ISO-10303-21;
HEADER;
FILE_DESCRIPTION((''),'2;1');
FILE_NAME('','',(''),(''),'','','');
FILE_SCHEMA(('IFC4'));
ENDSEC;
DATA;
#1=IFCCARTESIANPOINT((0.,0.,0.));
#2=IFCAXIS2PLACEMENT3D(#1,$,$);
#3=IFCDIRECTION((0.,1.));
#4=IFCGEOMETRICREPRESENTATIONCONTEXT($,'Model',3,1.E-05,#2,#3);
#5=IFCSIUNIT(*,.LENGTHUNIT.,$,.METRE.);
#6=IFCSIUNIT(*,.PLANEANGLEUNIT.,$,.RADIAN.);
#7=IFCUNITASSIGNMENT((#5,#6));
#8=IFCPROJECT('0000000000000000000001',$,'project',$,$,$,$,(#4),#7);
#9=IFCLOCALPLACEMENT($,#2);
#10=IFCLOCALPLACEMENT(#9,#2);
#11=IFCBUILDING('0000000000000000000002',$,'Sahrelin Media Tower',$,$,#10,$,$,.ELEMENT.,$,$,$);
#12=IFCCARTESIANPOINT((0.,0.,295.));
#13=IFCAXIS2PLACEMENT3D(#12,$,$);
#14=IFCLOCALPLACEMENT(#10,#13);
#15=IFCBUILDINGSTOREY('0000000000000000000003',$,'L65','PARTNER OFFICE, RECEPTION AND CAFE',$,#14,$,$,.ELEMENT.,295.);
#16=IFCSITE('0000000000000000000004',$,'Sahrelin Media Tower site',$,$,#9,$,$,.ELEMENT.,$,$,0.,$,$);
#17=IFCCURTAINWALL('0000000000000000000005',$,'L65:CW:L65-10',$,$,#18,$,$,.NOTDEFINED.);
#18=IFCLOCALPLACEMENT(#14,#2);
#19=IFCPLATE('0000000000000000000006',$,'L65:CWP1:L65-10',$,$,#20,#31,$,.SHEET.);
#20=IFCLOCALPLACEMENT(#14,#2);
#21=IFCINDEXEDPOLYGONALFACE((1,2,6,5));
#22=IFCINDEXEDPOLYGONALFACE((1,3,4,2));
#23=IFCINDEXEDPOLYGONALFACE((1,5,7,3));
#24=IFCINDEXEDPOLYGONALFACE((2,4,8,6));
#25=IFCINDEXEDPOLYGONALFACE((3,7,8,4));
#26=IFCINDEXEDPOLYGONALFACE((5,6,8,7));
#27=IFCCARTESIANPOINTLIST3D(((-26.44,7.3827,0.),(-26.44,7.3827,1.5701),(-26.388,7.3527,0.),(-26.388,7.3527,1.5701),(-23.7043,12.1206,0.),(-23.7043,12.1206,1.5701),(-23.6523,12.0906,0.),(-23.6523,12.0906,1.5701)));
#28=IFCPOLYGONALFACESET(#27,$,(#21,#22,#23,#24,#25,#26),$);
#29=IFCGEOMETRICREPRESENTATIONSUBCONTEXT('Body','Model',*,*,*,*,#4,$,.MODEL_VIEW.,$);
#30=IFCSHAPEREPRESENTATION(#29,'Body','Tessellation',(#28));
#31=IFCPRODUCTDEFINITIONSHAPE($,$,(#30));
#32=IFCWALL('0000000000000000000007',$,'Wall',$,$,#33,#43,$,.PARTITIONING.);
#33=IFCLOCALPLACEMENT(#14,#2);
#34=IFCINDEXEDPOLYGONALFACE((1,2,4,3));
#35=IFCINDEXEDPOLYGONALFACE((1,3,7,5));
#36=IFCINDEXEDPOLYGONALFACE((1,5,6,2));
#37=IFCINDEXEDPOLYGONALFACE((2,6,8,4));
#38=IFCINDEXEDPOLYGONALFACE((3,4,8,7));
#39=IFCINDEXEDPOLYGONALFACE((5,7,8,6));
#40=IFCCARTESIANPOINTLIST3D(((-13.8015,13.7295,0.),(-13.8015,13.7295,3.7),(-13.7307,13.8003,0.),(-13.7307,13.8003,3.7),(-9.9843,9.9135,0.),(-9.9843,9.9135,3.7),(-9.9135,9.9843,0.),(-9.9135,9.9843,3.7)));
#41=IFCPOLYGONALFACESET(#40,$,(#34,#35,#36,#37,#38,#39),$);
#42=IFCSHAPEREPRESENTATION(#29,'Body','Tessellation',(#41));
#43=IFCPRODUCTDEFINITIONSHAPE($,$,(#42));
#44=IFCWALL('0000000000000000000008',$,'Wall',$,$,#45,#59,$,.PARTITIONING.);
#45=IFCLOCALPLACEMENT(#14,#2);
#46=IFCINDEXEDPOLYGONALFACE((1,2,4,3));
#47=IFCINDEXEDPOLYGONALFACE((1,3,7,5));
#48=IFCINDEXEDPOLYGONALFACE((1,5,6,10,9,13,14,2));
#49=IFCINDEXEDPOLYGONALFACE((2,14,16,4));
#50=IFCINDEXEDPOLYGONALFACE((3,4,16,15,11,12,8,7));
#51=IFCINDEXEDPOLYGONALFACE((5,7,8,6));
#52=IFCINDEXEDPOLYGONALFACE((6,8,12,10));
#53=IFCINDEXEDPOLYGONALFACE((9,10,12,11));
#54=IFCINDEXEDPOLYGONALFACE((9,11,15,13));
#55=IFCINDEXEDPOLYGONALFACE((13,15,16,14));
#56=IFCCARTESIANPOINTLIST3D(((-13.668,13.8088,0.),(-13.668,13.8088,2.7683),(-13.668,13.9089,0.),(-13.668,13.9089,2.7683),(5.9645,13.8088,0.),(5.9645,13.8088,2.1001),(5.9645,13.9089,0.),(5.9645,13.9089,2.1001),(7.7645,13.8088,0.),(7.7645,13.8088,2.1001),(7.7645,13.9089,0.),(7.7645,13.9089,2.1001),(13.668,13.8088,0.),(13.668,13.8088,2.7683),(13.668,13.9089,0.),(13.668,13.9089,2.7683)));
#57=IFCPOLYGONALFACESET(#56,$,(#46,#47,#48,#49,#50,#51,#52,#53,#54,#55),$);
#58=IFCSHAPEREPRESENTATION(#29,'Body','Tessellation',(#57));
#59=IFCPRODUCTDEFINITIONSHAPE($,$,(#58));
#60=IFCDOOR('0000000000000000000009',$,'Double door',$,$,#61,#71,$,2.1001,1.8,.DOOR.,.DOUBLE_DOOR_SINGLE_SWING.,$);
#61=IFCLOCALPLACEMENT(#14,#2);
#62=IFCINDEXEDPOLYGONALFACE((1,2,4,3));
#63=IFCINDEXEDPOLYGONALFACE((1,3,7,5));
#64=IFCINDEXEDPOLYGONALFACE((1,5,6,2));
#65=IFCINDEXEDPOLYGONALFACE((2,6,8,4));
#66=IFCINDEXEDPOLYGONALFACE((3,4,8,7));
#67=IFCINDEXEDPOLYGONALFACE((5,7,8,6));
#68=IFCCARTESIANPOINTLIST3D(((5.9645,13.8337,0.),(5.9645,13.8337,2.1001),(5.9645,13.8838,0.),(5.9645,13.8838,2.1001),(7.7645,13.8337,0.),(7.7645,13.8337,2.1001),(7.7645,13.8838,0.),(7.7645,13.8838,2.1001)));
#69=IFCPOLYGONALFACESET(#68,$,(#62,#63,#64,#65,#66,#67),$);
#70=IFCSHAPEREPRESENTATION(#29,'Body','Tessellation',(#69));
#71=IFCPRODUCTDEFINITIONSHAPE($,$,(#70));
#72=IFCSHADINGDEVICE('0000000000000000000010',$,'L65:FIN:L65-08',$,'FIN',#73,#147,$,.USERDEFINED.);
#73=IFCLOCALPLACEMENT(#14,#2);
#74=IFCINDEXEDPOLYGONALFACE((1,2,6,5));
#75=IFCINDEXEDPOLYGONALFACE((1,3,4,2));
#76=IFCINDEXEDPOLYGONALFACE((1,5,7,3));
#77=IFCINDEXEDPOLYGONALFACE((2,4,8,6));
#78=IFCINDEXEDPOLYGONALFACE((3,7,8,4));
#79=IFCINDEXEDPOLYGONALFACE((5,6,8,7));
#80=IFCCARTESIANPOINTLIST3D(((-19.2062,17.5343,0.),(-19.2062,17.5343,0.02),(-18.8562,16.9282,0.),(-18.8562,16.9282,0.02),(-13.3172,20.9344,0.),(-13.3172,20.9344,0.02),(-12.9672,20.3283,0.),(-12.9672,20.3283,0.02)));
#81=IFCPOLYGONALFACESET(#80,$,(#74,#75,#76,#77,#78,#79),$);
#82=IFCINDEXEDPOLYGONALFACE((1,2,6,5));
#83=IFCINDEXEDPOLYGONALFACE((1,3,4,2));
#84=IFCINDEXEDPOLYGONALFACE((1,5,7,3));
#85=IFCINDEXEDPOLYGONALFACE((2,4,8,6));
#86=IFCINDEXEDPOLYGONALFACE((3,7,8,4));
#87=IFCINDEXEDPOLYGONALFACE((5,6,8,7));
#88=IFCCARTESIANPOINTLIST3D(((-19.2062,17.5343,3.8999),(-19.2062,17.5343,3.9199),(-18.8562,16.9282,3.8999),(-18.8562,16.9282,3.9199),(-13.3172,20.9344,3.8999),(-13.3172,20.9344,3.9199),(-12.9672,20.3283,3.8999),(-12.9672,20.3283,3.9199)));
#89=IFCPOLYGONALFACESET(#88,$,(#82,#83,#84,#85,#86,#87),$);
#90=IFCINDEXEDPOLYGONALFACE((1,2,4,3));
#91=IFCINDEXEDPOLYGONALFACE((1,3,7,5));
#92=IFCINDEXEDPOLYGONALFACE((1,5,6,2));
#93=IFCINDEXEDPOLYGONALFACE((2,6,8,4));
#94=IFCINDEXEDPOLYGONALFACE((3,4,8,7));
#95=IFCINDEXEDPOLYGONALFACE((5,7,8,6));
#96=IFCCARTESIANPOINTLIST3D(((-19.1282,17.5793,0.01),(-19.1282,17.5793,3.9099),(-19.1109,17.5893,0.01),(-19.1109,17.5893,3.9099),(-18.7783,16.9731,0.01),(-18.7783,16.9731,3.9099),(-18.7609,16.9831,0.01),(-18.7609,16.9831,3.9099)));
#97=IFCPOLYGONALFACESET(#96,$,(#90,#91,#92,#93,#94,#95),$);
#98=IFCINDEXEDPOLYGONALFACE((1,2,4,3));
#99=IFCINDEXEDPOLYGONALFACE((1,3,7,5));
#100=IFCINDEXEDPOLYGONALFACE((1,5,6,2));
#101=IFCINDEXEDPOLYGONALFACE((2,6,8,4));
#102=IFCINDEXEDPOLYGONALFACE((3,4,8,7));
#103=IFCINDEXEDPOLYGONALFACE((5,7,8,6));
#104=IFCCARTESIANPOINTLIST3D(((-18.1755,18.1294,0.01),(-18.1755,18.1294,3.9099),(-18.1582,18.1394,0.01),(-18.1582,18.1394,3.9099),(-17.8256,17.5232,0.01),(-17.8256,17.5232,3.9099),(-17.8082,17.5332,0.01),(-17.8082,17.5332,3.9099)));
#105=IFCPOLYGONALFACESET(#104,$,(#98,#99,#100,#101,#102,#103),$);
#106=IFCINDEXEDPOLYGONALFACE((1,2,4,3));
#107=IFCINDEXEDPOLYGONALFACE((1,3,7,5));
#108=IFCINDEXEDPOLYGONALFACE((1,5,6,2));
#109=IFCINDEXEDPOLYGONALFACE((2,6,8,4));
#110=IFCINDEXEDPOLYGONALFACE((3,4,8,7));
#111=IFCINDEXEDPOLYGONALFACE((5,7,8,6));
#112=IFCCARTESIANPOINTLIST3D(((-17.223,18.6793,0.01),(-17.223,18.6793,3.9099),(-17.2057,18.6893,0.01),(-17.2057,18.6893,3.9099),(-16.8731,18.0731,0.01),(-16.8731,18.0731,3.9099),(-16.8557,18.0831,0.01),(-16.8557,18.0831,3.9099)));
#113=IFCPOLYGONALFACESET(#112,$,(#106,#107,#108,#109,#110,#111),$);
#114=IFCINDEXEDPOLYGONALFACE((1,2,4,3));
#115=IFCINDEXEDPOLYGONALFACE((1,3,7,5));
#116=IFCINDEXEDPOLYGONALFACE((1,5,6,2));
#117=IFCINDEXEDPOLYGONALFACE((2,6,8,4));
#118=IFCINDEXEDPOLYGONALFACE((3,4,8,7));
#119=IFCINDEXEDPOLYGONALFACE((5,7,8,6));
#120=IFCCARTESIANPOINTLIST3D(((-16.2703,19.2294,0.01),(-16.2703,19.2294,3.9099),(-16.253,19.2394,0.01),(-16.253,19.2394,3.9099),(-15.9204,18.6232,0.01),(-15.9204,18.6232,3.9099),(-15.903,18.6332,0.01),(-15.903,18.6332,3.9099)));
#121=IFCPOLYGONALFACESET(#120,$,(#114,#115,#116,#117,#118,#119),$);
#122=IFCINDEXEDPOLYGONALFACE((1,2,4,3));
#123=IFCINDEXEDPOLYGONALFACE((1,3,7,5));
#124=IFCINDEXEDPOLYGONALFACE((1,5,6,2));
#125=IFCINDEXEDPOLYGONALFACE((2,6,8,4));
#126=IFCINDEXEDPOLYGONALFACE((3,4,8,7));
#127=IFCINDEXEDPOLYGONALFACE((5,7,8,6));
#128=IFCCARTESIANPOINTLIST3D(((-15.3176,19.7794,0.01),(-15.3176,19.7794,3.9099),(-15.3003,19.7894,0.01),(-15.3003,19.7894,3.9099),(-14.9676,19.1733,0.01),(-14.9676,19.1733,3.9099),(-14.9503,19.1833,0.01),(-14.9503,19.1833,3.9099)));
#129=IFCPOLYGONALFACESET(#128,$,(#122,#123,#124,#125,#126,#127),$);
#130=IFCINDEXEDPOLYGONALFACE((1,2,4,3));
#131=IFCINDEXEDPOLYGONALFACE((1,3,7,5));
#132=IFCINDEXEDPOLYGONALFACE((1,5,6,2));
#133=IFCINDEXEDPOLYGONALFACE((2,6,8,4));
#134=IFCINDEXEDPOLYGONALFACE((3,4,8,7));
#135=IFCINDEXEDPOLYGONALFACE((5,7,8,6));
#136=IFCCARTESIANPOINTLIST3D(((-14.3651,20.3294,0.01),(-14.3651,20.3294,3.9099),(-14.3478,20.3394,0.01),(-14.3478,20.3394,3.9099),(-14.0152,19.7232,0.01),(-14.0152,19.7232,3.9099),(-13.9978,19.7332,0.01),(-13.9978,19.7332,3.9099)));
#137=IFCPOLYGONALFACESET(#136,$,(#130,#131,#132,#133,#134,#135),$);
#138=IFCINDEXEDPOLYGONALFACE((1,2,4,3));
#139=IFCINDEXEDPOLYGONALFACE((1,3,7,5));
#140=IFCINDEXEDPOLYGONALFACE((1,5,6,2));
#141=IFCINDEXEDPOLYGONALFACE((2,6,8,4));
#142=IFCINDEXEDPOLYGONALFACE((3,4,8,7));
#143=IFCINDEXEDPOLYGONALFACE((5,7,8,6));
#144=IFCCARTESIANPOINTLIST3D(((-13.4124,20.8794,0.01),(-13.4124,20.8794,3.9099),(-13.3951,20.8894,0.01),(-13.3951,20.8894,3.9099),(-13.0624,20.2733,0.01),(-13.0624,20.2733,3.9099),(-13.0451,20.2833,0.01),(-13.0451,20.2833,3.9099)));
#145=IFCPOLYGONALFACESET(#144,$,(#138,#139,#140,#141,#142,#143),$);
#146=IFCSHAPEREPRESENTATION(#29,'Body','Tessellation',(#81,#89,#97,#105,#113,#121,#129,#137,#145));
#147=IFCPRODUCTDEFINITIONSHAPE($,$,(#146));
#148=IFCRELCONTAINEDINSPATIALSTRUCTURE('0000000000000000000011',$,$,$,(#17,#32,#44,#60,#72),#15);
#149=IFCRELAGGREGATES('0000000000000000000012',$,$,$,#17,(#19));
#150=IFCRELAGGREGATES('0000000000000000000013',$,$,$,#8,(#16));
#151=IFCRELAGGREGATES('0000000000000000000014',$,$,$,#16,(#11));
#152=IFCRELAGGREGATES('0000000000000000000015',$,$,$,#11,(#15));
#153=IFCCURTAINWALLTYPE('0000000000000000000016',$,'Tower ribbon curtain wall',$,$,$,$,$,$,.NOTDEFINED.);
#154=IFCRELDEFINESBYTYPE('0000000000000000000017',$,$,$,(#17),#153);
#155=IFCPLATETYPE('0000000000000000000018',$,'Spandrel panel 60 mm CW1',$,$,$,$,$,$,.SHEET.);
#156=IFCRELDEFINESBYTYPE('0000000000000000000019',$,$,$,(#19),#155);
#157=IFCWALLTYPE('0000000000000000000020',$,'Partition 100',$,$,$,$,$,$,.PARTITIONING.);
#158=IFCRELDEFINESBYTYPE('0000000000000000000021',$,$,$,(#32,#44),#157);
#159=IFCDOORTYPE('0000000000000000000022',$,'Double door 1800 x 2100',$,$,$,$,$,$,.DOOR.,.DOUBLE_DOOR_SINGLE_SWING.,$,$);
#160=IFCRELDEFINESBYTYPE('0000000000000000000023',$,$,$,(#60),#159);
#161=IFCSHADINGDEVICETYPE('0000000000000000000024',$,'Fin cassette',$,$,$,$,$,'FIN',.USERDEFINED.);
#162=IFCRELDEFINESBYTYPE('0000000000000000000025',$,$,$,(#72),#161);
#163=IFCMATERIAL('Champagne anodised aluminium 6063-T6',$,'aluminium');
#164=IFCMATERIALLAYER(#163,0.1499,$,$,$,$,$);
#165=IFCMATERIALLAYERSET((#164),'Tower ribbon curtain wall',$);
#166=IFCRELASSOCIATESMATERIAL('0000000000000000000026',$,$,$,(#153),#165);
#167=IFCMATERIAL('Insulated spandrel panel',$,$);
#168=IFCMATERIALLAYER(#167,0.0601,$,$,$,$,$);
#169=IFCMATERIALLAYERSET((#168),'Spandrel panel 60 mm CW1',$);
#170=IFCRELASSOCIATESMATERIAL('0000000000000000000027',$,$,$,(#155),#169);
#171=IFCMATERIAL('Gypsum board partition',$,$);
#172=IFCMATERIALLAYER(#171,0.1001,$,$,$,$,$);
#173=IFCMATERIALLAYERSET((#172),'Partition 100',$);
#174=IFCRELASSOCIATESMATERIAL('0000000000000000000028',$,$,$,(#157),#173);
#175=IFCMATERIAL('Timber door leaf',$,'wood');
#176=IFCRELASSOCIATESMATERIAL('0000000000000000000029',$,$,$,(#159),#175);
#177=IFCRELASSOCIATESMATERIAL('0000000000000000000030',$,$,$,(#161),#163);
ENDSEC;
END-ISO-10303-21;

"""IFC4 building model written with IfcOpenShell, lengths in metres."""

from ifc_helpers import new_model, si_unit, direction, frame, frame_2d, origin, origin_2d, place, context, subcontext, project, spatial, polyline, rectangle, outline, extrude, material, layer, layer_set, type_object, element, fill, aggregate, save


model = new_model("IFC4")

# Units and contexts
model_context = context("Model", 3, precision=1e-05, world=origin(), true_north=direction((0.0, 1.0)))
body_context = subcontext(model_context, "Body", "Model", "MODEL_VIEW")
ifc_project = project(units=[si_unit("LENGTHUNIT", "METRE"), si_unit("PLANEANGLEUNIT", "RADIAN")], contexts=[model_context])

# Site, building, storey
site_placement = place(None, origin())
site = spatial("IfcSite", under=ifc_project, at=site_placement, Name="Sahrelin Media Tower site", CompositionType="ELEMENT", RefElevation=0.0)
building_placement = place(site_placement, origin())
building = spatial("IfcBuilding", under=site, at=building_placement, Name="Sahrelin Media Tower", CompositionType="ELEMENT")
storey_placement = place(building_placement, frame((0.0, 0.0, 295.0)))
storey = spatial("IfcBuildingStorey", under=building, at=storey_placement, Name="L65", Description="PARTNER OFFICE, RECEPTION AND CAFE", CompositionType="ELEMENT", Elevation=295.0)

# Shared definitions
ifc_material_1 = material(Name="Champagne anodised aluminium 6063-T6", Category="aluminium")
ifc_layer_1 = layer(ifc_material_1, 0.1499)
ifc_layer_set_1 = layer_set([ifc_layer_1], Name="Tower ribbon curtain wall")
curtain_wall_type = type_object("IfcCurtainWallType", Name="Tower ribbon curtain wall", PredefinedType="NOTDEFINED", material=ifc_layer_set_1)

# Curtain wall
curtain_wall_1_placement = place(storey_placement, frame((-25.0549, 9.7417, 0.0), z_axis=(0.0, 0.0, 1.0), x_axis=(1.0, 0.0, 0.0)))
curtain_wall_1 = element("IfcCurtainWall", 1, at=curtain_wall_1_placement, inside=storey, type_object=curtain_wall_type, Name="L65:CW:L65-10", PredefinedType="NOTDEFINED")

# Plate
ifc_material_2 = material(Name="Insulated spandrel panel")
ifc_layer_2 = layer(ifc_material_2, 0.0601)
ifc_layer_set_2 = layer_set([ifc_layer_2], Name="Spandrel panel 60 mm CW1")
plate_type_1 = type_object("IfcPlateType", Name="Spandrel panel 60 mm CW1", PredefinedType="SHEET", material=ifc_layer_set_2)
plate_1_placement = place(storey_placement, frame((-23.7043, 12.1206, 0.0), z_axis=(-0.866007, 0.500031, 0.0), x_axis=(-0.500031, -0.866007, 0.0)))
plate_1 = element("IfcPlate", 2, at=plate_1_placement, type_object=plate_type_1, Name="L65:CWP1:L65-10", PredefinedType="SHEET", context=body_context, shape_type="SweptSolid", body=[
    extrude(outline(polyline([(0.0, 0.0), (5.4709, 0.0), (5.4709, 1.5701), (0.0, 1.5701), (0.0, 0.0)])), origin(), (0.0, 0.0, -1.0), 0.0601),
])
aggregate(curtain_wall_1, [plate_1])

# Wall
ifc_material_3 = material(Name="Gypsum board partition")
ifc_layer_3 = layer(ifc_material_3, 0.1001)
ifc_layer_set_3 = layer_set([ifc_layer_3], Name="Partition 100")
wall_type = type_object("IfcWallType", Name="Partition 100", PredefinedType="PARTITIONING", material=ifc_layer_set_3)
wall_1_placement = place(storey_placement, frame((-13.7661, 13.7649, 0.0), z_axis=(0.0, 0.0, 1.0), x_axis=(0.70722, -0.706994, 0.0)))
element("IfcWall", 3, at=wall_1_placement, inside=storey, type_object=wall_type, Name="Wall", PredefinedType="PARTITIONING", context=body_context, shape_type="SweptSolid", body=[
    extrude(rectangle(XDim=5.3975, YDim=0.1001, at=frame_2d((2.6987, 0.0))), origin(), (0.0, 0.0, 1.0), 3.7),
])

# Wall, opening, door
wall_2_placement = place(storey_placement, frame((-13.668, 13.8589, 0.0), z_axis=(0.0, 0.0, 1.0), x_axis=(1.0, 0.0, 0.0)))
wall_2 = element("IfcWall", 4, at=wall_2_placement, inside=storey, type_object=wall_type, Name="Wall", PredefinedType="PARTITIONING", context=body_context, shape_type="SweptSolid", body=[
    extrude(rectangle(XDim=27.3359, YDim=0.1001, at=frame_2d((13.668, 0.0))), origin(), (0.0, 0.0, 1.0), 2.7683),
])
opening_placement = place(wall_2_placement, frame((19.6326, 0.0, 0.0)))
opening = element("IfcOpeningElement", 5, at=opening_placement, cuts=wall_2, PredefinedType="OPENING", context=body_context, shape_type="SweptSolid", body=[
    extrude(rectangle(XDim=1.8, YDim=2.1001, at=frame_2d((0.8999, 1.05))), frame((0.0, 0.05, 0.0), z_axis=(0.0, -1.0, 0.0), x_axis=(1.0, 0.0, 0.0)), (0.0, 0.0, 1.0), 0.1001),
])
ifc_material_4 = material(Name="Timber door leaf", Category="wood")
door_type = type_object("IfcDoorType", Name="Double door 1800 x 2100", OperationType="DOUBLE_DOOR_SINGLE_SWING", PredefinedType="DOOR", material=ifc_material_4)
door_placement = place(opening_placement, origin())
door = element("IfcDoor", 6, at=door_placement, inside=storey, type_object=door_type, Name="Double door", OperationType="DOUBLE_DOOR_SINGLE_SWING", OverallHeight=2.1001, OverallWidth=1.8, PredefinedType="DOOR", context=body_context, shape_type="SweptSolid", body=[
    extrude(rectangle(XDim=1.8, YDim=2.1001, at=frame_2d((0.8999, 1.05))), frame((0.0, 0.0249, 0.0), z_axis=(0.0, -1.0, 0.0), x_axis=(1.0, 0.0, 0.0)), (0.0, 0.0, 1.0), 0.05),
])
fill(opening, door)

# Shading device
shading_device_type_1 = type_object("IfcShadingDeviceType", Name="Fin cassette", ElementType="FIN", PredefinedType="USERDEFINED", material=ifc_material_1)
placement_1 = place(storey_placement, frame((-15.8767, 18.5676, 0.0), z_axis=(0.0, 0.0, 1.0), x_axis=(0.866019, 0.500011, 0.0)))
element("IfcShadingDevice", 7, at=placement_1, inside=storey, type_object=shading_device_type_1, Name="L65:FIN:L65-08", ObjectType="FIN", PredefinedType="USERDEFINED", context=body_context, shape_type="SweptSolid", body=[
    extrude(rectangle(XDim=6.8, YDim=0.7, at=origin_2d()), frame((0.0, 0.4199, 0.0)), (0.0, 0.0, 1.0), 0.02),
    extrude(rectangle(XDim=6.8, YDim=0.7, at=origin_2d()), frame((0.0, 0.4199, 3.8999)), (0.0, 0.0, 1.0), 0.02),
    extrude(rectangle(XDim=0.02, YDim=0.7, at=origin_2d()), frame((-3.3, 0.4199, 0.01), z_axis=(0.0, 0.0, 1.0), x_axis=(1.0, 0.0, 0.0)), (0.0, 0.0, 1.0), 3.8999),
    extrude(rectangle(XDim=0.02, YDim=0.7, at=origin_2d()), frame((-2.2, 0.4199, 0.01), z_axis=(0.0, 0.0, 1.0), x_axis=(1.0, 0.0, 0.0)), (0.0, 0.0, 1.0), 3.8999),
    extrude(rectangle(XDim=0.02, YDim=0.7, at=origin_2d()), frame((-1.1001, 0.4199, 0.01), z_axis=(0.0, 0.0, 1.0), x_axis=(1.0, 0.0, 0.0)), (0.0, 0.0, 1.0), 3.8999),
    extrude(rectangle(XDim=0.02, YDim=0.7, at=origin_2d()), frame((0.0, 0.4199, 0.01), z_axis=(0.0, 0.0, 1.0), x_axis=(1.0, 0.0, 0.0)), (0.0, 0.0, 1.0), 3.8999),
    extrude(rectangle(XDim=0.02, YDim=0.7, at=origin_2d()), frame((1.1001, 0.4199, 0.01), z_axis=(0.0, 0.0, 1.0), x_axis=(1.0, 0.0, 0.0)), (0.0, 0.0, 1.0), 3.8999),
    extrude(rectangle(XDim=0.02, YDim=0.7, at=origin_2d()), frame((2.2, 0.4199, 0.01), z_axis=(0.0, 0.0, 1.0), x_axis=(1.0, 0.0, 0.0)), (0.0, 0.0, 1.0), 3.8999),
    extrude(rectangle(XDim=0.02, YDim=0.7, at=origin_2d()), frame((3.3, 0.4199, 0.01), z_axis=(0.0, 0.0, 1.0), x_axis=(1.0, 0.0, 0.0)), (0.0, 0.0, 1.0), 3.8999),
])

save(model, "model.ifc")
